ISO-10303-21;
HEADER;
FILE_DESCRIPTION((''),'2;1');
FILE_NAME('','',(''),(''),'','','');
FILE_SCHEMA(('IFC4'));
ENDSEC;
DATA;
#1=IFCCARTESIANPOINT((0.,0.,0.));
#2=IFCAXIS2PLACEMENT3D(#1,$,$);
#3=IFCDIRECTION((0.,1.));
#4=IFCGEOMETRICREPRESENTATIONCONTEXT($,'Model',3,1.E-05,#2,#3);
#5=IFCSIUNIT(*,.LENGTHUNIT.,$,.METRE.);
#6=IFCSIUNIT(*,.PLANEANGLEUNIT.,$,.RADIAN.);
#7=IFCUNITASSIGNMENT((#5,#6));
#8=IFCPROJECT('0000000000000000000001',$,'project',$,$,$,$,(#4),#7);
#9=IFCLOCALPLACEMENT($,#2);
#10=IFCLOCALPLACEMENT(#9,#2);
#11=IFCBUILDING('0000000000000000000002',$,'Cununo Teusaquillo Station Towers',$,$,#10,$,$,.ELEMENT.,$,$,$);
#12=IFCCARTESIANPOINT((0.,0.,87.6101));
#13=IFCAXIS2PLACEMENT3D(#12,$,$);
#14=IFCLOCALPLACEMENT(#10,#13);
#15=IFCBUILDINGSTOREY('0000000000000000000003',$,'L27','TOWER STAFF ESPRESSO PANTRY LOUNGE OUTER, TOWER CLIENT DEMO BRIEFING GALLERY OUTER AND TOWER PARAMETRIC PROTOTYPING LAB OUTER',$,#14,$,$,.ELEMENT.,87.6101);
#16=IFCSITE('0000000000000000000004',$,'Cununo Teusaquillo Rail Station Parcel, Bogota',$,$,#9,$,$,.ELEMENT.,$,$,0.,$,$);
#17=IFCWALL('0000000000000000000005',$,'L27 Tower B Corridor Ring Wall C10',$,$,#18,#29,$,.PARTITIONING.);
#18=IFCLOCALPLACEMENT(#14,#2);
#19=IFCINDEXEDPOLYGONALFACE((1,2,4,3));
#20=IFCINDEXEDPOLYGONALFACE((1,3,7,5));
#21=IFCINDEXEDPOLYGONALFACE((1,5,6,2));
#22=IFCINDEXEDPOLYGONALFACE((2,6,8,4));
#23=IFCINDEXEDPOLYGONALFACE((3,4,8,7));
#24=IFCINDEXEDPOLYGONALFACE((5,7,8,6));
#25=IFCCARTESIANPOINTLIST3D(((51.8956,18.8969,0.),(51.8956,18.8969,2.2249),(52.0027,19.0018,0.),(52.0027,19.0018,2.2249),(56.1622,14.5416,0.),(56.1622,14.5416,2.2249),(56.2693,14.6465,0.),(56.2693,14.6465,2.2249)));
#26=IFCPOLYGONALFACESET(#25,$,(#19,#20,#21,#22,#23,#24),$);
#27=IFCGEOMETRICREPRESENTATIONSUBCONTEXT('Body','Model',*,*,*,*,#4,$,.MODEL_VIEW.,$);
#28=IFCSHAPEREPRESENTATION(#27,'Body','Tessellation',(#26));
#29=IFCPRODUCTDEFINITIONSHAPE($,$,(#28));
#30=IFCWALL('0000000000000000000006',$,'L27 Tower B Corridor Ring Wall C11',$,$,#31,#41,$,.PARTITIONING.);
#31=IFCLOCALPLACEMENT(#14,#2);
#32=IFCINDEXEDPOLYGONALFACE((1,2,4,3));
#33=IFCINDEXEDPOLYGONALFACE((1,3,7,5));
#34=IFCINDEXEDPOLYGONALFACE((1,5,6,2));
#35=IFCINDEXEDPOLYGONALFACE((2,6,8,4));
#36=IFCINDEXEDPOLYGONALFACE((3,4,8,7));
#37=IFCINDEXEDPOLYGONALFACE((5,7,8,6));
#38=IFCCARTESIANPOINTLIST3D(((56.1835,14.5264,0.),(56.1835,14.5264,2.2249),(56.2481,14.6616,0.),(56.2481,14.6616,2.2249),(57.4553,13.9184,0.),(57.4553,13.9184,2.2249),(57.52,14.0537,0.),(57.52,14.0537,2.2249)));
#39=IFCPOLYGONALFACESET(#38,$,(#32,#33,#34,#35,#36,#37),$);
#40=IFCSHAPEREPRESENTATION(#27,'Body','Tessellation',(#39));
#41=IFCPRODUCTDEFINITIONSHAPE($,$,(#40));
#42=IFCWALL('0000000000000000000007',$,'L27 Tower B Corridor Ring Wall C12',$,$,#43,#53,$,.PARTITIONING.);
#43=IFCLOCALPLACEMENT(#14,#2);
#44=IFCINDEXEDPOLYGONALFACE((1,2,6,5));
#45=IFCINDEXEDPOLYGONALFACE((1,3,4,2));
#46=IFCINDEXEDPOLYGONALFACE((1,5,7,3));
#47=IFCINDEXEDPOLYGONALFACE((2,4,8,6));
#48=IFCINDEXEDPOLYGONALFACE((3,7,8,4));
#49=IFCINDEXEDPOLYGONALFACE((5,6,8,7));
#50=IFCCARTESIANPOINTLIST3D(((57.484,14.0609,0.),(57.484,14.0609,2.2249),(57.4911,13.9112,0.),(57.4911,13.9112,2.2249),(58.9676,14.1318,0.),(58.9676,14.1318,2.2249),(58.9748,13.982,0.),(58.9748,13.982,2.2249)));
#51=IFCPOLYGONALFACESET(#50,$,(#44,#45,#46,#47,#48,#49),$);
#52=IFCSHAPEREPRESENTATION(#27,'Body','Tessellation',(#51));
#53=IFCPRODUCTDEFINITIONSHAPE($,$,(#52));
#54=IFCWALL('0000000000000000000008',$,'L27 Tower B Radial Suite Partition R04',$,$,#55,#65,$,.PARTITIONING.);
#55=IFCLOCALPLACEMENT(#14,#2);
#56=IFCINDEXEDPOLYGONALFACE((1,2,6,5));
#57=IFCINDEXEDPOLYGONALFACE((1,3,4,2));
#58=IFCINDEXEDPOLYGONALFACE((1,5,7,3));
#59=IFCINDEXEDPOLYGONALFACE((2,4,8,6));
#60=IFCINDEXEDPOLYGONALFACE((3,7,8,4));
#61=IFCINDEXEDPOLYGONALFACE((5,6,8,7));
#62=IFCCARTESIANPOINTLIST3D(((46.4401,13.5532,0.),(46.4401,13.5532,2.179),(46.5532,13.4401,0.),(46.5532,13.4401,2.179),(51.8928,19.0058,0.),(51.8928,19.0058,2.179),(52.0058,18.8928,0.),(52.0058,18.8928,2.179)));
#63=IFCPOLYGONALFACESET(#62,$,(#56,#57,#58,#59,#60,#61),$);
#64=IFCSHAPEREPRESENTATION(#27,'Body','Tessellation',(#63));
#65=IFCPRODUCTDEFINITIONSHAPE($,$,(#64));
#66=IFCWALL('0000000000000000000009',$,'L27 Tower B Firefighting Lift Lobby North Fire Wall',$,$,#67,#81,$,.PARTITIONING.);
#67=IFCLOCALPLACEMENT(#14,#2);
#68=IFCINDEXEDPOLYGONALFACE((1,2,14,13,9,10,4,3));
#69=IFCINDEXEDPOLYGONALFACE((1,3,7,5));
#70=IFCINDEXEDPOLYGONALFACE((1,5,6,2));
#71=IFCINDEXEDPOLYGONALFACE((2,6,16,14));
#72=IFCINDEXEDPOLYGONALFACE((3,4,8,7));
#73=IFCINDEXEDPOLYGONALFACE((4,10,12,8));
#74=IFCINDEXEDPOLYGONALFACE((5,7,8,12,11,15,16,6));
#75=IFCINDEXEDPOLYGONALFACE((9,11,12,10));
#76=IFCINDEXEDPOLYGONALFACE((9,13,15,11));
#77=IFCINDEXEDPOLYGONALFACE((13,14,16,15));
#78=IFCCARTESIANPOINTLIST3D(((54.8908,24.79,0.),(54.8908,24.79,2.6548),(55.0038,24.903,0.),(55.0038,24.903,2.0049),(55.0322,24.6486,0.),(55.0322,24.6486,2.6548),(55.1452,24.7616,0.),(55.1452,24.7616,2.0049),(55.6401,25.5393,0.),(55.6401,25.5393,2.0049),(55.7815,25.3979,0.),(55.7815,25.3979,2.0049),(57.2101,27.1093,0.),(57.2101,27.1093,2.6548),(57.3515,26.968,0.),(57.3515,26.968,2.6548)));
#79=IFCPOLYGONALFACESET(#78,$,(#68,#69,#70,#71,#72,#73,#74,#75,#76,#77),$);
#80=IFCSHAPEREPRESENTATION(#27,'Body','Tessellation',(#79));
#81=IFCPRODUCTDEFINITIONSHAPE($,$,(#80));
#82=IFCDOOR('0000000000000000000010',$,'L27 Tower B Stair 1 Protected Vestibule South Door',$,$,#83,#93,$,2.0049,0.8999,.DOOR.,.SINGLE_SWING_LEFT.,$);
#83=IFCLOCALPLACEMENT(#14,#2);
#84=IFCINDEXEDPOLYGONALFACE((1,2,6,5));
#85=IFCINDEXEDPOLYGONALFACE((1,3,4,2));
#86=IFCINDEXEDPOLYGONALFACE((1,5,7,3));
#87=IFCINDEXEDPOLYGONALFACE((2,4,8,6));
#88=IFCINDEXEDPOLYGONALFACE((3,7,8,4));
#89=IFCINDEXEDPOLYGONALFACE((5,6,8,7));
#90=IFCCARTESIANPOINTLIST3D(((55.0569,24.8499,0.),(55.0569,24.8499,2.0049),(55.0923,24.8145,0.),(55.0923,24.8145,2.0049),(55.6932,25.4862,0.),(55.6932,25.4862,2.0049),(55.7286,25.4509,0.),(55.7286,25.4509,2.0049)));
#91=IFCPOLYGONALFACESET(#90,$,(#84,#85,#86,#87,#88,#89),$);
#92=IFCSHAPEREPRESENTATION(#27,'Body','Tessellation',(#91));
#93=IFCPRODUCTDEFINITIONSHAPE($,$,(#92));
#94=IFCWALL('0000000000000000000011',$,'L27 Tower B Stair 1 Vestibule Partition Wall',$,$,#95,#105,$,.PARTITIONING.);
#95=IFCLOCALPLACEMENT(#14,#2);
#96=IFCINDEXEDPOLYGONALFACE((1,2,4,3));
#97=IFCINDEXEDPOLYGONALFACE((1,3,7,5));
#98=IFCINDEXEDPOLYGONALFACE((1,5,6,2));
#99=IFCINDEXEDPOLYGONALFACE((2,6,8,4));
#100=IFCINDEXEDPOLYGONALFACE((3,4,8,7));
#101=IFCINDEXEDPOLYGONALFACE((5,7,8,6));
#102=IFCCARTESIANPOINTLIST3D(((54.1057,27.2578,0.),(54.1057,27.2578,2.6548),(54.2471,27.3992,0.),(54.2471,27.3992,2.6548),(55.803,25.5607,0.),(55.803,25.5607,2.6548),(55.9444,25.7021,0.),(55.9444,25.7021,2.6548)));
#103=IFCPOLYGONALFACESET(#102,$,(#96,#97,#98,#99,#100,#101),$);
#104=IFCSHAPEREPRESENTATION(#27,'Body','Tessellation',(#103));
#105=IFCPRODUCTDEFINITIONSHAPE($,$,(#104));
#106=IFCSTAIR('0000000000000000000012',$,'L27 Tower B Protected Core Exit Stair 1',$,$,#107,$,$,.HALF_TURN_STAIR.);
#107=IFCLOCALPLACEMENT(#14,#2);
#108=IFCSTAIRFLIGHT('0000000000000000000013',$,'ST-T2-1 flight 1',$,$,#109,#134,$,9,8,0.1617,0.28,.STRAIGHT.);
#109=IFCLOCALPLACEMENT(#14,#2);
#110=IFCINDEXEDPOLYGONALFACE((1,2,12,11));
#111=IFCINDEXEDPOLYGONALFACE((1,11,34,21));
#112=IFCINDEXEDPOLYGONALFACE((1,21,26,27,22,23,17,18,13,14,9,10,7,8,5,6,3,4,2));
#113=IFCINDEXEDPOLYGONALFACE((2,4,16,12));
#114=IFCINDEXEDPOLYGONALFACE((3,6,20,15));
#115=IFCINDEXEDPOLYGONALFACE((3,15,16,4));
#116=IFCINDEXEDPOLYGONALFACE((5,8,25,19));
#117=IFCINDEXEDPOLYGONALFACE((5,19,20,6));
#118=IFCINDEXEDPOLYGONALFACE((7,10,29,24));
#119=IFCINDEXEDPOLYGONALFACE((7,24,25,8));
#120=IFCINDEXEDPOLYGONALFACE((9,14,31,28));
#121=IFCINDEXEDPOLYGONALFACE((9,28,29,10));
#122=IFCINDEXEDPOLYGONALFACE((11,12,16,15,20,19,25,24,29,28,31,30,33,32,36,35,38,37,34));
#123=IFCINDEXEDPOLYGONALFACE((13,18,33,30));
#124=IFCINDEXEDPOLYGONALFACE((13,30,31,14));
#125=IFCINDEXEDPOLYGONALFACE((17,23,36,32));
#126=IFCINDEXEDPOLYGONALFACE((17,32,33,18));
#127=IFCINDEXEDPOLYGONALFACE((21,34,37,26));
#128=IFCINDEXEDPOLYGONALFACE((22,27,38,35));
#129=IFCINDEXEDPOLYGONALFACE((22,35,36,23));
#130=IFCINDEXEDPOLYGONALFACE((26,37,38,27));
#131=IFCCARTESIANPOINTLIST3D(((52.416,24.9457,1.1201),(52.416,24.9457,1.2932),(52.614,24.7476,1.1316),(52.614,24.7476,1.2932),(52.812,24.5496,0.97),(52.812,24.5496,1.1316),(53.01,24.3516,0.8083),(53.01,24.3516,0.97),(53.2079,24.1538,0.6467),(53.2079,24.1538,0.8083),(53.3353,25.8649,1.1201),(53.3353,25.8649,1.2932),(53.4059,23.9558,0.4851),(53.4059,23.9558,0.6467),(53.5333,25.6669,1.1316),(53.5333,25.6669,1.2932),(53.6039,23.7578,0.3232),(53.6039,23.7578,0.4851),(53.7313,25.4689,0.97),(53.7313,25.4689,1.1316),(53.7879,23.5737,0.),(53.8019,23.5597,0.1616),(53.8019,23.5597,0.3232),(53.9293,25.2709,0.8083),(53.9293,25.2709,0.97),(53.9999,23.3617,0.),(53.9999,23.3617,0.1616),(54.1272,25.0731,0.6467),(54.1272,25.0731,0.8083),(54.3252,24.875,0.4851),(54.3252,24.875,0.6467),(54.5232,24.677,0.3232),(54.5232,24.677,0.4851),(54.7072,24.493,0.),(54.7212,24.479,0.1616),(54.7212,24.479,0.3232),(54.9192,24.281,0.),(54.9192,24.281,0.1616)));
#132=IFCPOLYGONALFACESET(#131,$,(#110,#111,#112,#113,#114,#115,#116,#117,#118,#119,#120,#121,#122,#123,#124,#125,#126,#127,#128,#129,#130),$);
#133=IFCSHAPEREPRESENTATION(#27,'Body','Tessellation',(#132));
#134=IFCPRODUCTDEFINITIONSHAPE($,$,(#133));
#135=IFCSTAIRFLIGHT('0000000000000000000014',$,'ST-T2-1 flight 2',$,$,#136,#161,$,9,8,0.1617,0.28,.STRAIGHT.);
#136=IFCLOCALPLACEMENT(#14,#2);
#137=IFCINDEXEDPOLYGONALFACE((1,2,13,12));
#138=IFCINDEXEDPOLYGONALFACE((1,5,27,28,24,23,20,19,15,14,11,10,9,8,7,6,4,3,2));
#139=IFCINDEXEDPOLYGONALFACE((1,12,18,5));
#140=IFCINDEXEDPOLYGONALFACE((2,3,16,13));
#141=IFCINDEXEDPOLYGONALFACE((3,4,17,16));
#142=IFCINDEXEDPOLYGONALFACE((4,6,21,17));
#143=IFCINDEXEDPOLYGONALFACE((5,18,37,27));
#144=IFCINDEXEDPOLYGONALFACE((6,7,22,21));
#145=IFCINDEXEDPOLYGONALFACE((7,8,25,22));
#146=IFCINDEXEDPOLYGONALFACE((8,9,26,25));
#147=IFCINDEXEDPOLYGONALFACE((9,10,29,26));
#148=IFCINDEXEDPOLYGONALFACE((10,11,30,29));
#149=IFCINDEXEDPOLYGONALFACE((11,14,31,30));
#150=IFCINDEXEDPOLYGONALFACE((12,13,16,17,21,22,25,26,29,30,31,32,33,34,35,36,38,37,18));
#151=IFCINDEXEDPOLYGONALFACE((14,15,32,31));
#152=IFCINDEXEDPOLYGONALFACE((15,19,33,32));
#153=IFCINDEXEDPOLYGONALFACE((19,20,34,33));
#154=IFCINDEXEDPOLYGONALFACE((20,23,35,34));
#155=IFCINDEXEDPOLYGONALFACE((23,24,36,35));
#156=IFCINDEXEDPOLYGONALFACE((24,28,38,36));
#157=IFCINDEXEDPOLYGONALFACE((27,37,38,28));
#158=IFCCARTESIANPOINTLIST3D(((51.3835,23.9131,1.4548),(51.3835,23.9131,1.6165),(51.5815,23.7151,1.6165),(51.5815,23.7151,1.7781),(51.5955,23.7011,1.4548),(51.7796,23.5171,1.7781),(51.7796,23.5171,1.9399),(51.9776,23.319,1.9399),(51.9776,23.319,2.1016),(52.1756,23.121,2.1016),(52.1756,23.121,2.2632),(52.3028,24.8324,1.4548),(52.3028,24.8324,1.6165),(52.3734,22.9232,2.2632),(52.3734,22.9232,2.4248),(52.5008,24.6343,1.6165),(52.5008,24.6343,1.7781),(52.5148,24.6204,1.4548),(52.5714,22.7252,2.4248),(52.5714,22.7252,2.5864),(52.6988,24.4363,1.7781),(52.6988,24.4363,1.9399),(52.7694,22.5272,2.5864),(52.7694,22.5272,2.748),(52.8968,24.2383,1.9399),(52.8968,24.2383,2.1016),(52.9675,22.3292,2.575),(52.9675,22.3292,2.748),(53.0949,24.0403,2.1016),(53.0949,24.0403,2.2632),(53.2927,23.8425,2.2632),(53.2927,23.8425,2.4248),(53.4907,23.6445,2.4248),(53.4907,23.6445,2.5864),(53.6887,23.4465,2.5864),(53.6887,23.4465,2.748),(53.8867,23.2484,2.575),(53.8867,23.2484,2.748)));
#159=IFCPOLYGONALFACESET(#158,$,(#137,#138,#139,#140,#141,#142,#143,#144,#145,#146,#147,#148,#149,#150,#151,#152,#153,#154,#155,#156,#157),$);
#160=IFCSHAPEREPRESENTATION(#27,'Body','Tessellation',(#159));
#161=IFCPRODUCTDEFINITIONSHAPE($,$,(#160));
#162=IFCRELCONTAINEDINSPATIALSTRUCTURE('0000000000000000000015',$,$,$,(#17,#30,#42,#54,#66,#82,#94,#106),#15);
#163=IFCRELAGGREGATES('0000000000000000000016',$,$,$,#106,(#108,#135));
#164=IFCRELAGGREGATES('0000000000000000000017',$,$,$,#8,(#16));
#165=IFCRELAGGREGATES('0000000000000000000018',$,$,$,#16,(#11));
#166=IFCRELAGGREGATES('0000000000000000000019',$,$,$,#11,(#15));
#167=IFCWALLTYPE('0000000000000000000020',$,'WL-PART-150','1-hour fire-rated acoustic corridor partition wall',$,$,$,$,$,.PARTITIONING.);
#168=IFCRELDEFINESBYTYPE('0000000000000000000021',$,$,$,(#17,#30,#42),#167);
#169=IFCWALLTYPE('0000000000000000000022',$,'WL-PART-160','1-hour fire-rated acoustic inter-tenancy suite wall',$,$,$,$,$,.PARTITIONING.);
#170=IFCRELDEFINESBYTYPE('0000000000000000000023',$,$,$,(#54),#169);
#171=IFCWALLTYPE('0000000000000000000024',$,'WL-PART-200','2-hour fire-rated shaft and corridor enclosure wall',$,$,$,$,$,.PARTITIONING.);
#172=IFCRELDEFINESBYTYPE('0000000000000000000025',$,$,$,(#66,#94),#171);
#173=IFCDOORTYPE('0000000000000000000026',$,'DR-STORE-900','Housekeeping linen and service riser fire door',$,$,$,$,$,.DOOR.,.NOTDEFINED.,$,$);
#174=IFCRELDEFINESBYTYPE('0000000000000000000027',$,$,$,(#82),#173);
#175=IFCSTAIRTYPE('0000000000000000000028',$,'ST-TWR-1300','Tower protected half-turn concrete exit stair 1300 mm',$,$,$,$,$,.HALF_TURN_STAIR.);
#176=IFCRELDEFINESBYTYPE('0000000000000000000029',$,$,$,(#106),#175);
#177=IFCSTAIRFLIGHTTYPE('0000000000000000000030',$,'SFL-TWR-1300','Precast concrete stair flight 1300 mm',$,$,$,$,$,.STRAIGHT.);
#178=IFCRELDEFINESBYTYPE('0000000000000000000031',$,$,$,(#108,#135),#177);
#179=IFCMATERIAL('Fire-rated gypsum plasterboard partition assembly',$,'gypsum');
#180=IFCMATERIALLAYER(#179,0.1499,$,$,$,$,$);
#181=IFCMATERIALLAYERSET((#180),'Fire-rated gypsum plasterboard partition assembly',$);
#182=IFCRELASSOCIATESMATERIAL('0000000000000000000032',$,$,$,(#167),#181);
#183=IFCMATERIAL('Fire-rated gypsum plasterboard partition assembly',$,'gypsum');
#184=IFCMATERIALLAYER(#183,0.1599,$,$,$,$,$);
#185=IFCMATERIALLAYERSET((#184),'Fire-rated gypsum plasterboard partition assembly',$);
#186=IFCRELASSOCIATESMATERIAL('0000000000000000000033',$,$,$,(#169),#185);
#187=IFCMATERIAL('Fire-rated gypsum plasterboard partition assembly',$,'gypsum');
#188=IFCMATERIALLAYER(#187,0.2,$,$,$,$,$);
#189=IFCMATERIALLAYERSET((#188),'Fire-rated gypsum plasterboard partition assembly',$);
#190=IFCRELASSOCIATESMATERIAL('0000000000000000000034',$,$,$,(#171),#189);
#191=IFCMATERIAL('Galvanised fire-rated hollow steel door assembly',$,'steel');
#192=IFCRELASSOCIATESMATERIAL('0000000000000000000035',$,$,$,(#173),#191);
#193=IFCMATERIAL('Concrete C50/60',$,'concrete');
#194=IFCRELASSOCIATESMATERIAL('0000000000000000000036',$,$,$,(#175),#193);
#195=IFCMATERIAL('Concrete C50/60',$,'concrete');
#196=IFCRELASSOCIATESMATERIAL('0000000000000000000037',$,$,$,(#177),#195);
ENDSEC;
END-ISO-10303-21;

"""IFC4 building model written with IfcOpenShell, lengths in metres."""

from ifc_helpers import new_model, si_unit, direction, frame, frame_2d, origin, place, context, subcontext, project, spatial, polyline, rectangle, outline, extrude, source, transform, mapped, material, layer, layer_set, type_object, element, fill, aggregate, save


model = new_model("IFC4")

# Units and contexts
model_context = context("Model", 3, precision=1e-05, world=origin(), true_north=direction((0.0, 1.0)))
body_context = subcontext(model_context, "Body", "Model", "MODEL_VIEW")
ifc_project = project(units=[si_unit("LENGTHUNIT", "METRE"), si_unit("PLANEANGLEUNIT", "RADIAN")], contexts=[model_context])

# Site, building, storey
site_placement = place(None, origin())
site = spatial("IfcSite", under=ifc_project, at=site_placement, Name="Cununo Teusaquillo Rail Station Parcel, Bogota", CompositionType="ELEMENT", RefElevation=0.0)
building_placement = place(site_placement, origin())
building = spatial("IfcBuilding", under=site, at=building_placement, Name="Cununo Teusaquillo Station Towers", CompositionType="ELEMENT")
storey_placement = place(building_placement, frame((0.0, 0.0, 87.6101)))
storey = spatial("IfcBuildingStorey", under=building, at=storey_placement, Name="L27", Description="TOWER STAFF ESPRESSO PANTRY LOUNGE OUTER, TOWER CLIENT DEMO BRIEFING GALLERY OUTER AND TOWER PARAMETRIC PROTOTYPING LAB OUTER", CompositionType="ELEMENT", Elevation=87.6101)

# Walls
ifc_material_1 = material(Name="Fire-rated gypsum plasterboard partition assembly", Category="gypsum")
ifc_layer_1 = layer(ifc_material_1, 0.1499)
ifc_layer_set_1 = layer_set([ifc_layer_1], Name="Fire-rated gypsum plasterboard partition assembly")
wall_type_1 = type_object("IfcWallType", Name="WL-PART-150", Description="1-hour fire-rated acoustic corridor partition wall", PredefinedType="PARTITIONING", material=ifc_layer_set_1)
wall_1_placement = place(storey_placement, frame((51.9492, 18.9492, 0.0), z_axis=(0.0, 0.0, 1.0), x_axis=(0.699802, -0.714337, 0.0)))
element("IfcWall", 1, at=wall_1_placement, inside=storey, type_object=wall_type_1, Name="L27 Tower B Corridor Ring Wall C10", PredefinedType="PARTITIONING", context=body_context, shape_type="SweptSolid", body=[
    extrude(rectangle(XDim=6.0969, YDim=0.1499, at=frame_2d((3.0483, 0.0))), origin(), (0.0, 0.0, 1.0), 2.2249),
])
wall_2_placement = place(storey_placement, frame((56.2158, 14.594, 0.0), z_axis=(0.0, 0.0, 1.0), x_axis=(0.902219, -0.431278, 0.0)))
element("IfcWall", 2, at=wall_2_placement, inside=storey, type_object=wall_type_1, Name="L27 Tower B Corridor Ring Wall C11", PredefinedType="PARTITIONING", context=body_context, shape_type="SweptSolid", body=[
    extrude(rectangle(XDim=1.4097, YDim=0.1499, at=frame_2d((0.7048, 0.0))), origin(), (0.0, 0.0, 1.0), 2.2249),
])
wall_3_placement = place(storey_placement, frame((57.4875, 13.9861, 0.0), z_axis=(0.0, 0.0, 1.0), x_axis=(0.998863, 0.047667, 0.0)))
element("IfcWall", 3, at=wall_3_placement, inside=storey, type_object=wall_type_1, Name="L27 Tower B Corridor Ring Wall C12", PredefinedType="PARTITIONING", context=body_context, shape_type="SweptSolid", body=[
    extrude(rectangle(XDim=1.4854, YDim=0.1499, at=frame_2d((0.7427, 0.0))), origin(), (0.0, 0.0, 1.0), 2.2249),
])
ifc_material_2 = material(Name="Fire-rated gypsum plasterboard partition assembly", Category="gypsum")
ifc_layer_2 = layer(ifc_material_2, 0.1599)
ifc_layer_set_2 = layer_set([ifc_layer_2], Name="Fire-rated gypsum plasterboard partition assembly")
wall_type_2 = type_object("IfcWallType", Name="WL-PART-160", Description="1-hour fire-rated acoustic inter-tenancy suite wall", PredefinedType="PARTITIONING", material=ifc_layer_set_2)
wall_4_placement = place(storey_placement, frame((51.9492, 18.9492, 0.0), z_axis=(0.0, 0.0, 1.0), x_axis=(-0.707107, -0.707107, 0.0)))
element("IfcWall", 4, at=wall_4_placement, inside=storey, type_object=wall_type_2, Name="L27 Tower B Radial Suite Partition R04", PredefinedType="PARTITIONING", context=body_context, shape_type="SweptSolid", body=[
    extrude(rectangle(XDim=7.7112, YDim=0.1599, at=frame_2d((3.8555, 0.0))), origin(), (0.0, 0.0, 1.0), 2.179),
])

# Wall, opening, door
ifc_material_3 = material(Name="Fire-rated gypsum plasterboard partition assembly", Category="gypsum")
ifc_layer_3 = layer(ifc_material_3, 0.2)
ifc_layer_set_3 = layer_set([ifc_layer_3], Name="Fire-rated gypsum plasterboard partition assembly")
wall_type_3 = type_object("IfcWallType", Name="WL-PART-200", Description="2-hour fire-rated shaft and corridor enclosure wall", PredefinedType="PARTITIONING", material=ifc_layer_set_3)
wall_5_placement = place(storey_placement, frame((54.9614, 24.7192, 0.0), z_axis=(0.0, 0.0, 1.0), x_axis=(0.707107, 0.707107, 0.0)))
wall_5 = element("IfcWall", 5, at=wall_5_placement, inside=storey, type_object=wall_type_3, Name="L27 Tower B Firefighting Lift Lobby North Fire Wall", PredefinedType="PARTITIONING", context=body_context, shape_type="SweptSolid", body=[
    extrude(rectangle(XDim=3.28, YDim=0.2, at=frame_2d((1.6401, 0.0))), origin(), (0.0, 0.0, 1.0), 2.6548),
])
shared_shape_1 = source(origin(), body_context, "Body", "SweptSolid", [
    extrude(rectangle(XDim=0.8999, YDim=2.0049, at=frame_2d((0.45, 1.0024))), frame((0.0, 0.1099, 0.0), z_axis=(0.0, -1.0, 0.0), x_axis=(1.0, 0.0, 0.0)), (0.0, 0.0, 1.0), 0.22),
])
opening_placement = place(wall_5_placement, frame((0.1599, 0.0, 0.0)))
opening = element("IfcOpeningElement", 6, at=opening_placement, cuts=wall_5, PredefinedType="OPENING", context=body_context, shape_type="MappedRepresentation", body=[
    mapped(shared_shape_1, transform((0.0, 0.0, 0.0), x_axis=(1.0, 0.0, 0.0), y_axis=(0.0, 1.0, 0.0), z_axis=(0.0, 0.0, 1.0), scale=1.0)),
])
ifc_material_4 = material(Name="Galvanised fire-rated hollow steel door assembly", Category="steel")
door_type = type_object("IfcDoorType", Name="DR-STORE-900", Description="Housekeeping linen and service riser fire door", OperationType="NOTDEFINED", PredefinedType="DOOR", material=ifc_material_4)
shared_shape_2 = source(origin(), body_context, "Body", "SweptSolid", [
    extrude(rectangle(XDim=0.8999, YDim=2.0049, at=frame_2d((0.45, 1.0024))), frame((0.0, 0.0249, 0.0), z_axis=(0.0, -1.0, 0.0), x_axis=(1.0, 0.0, 0.0)), (0.0, 0.0, 1.0), 0.05),
])
door_placement = place(opening_placement, origin())
door = element("IfcDoor", 7, at=door_placement, inside=storey, type_object=door_type, Name="L27 Tower B Stair 1 Protected Vestibule South Door", OperationType="SINGLE_SWING_LEFT", OverallHeight=2.0049, OverallWidth=0.8999, PredefinedType="DOOR", context=body_context, shape_type="MappedRepresentation", body=[
    mapped(shared_shape_2, transform((0.0, 0.0, 0.0), x_axis=(1.0, 0.0, 0.0), y_axis=(0.0, 1.0, 0.0), z_axis=(0.0, 0.0, 1.0), scale=1.0)),
])
fill(opening, door)

# Wall
wall_6_placement = place(storey_placement, frame((55.8738, 25.6313, 0.0), z_axis=(0.0, 0.0, 1.0), x_axis=(-0.707158, 0.707056, 0.0)))
element("IfcWall", 8, at=wall_6_placement, inside=storey, type_object=wall_type_3, Name="L27 Tower B Stair 1 Vestibule Partition Wall", PredefinedType="PARTITIONING", context=body_context, shape_type="SweptSolid", body=[
    extrude(rectangle(XDim=2.4001, YDim=0.2, at=frame_2d((1.2002, 0.0))), origin(), (0.0, 0.0, 1.0), 2.6548),
])

# Stair, stair flights
ifc_material_5 = material(Name="Concrete C50/60", Category="concrete")
stair_type = type_object("IfcStairType", Name="ST-TWR-1300", Description="Tower protected half-turn concrete exit stair 1300 mm", PredefinedType="HALF_TURN_STAIR", material=ifc_material_5)
stair_placement = place(storey_placement, origin())
stair = element("IfcStair", 9, at=stair_placement, inside=storey, type_object=stair_type, Name="L27 Tower B Protected Core Exit Stair 1", PredefinedType="HALF_TURN_STAIR")
ifc_material_6 = material(Name="Concrete C50/60", Category="concrete")
stair_flight_type = type_object("IfcStairFlightType", Name="SFL-TWR-1300", Description="Precast concrete stair flight 1300 mm", PredefinedType="STRAIGHT", material=ifc_material_6)
stair_flight_1_placement = place(storey_placement, frame((54.4595, 23.8213, 0.0), z_axis=(0.0, 0.0, 1.0), x_axis=(-0.707107, 0.707107, 0.0)))
stair_flight_1 = element("IfcStairFlight", 10, at=stair_flight_1_placement, type_object=stair_flight_type, Name="ST-T2-1 flight 1", NumberOfRisers=9, NumberOfTreads=8, PredefinedType="STRAIGHT", RiserHeight=0.1617, TreadLength=0.28, context=body_context, shape_type="SweptSolid", body=[
    extrude(outline(polyline([(0.0, 0.0), (0.0, 0.1616), (0.28, 0.1616), (0.28, 0.3232), (0.5601, 0.3232), (0.5601, 0.4851), (0.8401, 0.4851), (0.8401, 0.6467), (1.1201, 0.6467), (1.1201, 0.8083), (1.3999, 0.8083), (1.3999, 0.97), (1.6799, 0.97), (1.6799, 1.1316), (1.96, 1.1316), (1.96, 1.2932), (2.24, 1.2932), (2.24, 1.4551), (2.24, 1.1201), (0.2998, 0.0), (0.0, 0.0)])), frame((0.0, 0.6499, 0.0), z_axis=(0.0, -1.0, 0.0), x_axis=(1.0, 0.0, 0.0)), (0.0, 0.0, 1.0), 1.3),
])
stair_flight_2_placement = place(storey_placement, frame((51.8433, 24.3728, 1.4548), z_axis=(0.0, 0.0, 1.0), x_axis=(0.707107, -0.707107, 0.0)))
stair_flight_2 = element("IfcStairFlight", 11, at=stair_flight_2_placement, type_object=stair_flight_type, Name="ST-T2-1 flight 2", NumberOfRisers=9, NumberOfTreads=8, PredefinedType="STRAIGHT", RiserHeight=0.1617, TreadLength=0.28, context=body_context, shape_type="SweptSolid", body=[
    extrude(outline(polyline([(0.0, 0.0), (0.0, 0.1616), (0.28, 0.1616), (0.28, 0.3232), (0.5601, 0.3232), (0.5601, 0.4851), (0.8401, 0.4851), (0.8401, 0.6467), (1.1201, 0.6467), (1.1201, 0.8083), (1.3999, 0.8083), (1.3999, 0.97), (1.6799, 0.97), (1.6799, 1.1316), (1.96, 1.1316), (1.96, 1.2932), (2.24, 1.2932), (2.24, 1.4551), (2.24, 1.1201), (0.2998, 0.0), (0.0, 0.0)])), frame((0.0, 0.6499, 0.0), z_axis=(0.0, -1.0, 0.0), x_axis=(1.0, 0.0, 0.0)), (0.0, 0.0, 1.0), 1.3),
])
aggregate(stair, [stair_flight_1, stair_flight_2])

save(model, "model.ifc")
